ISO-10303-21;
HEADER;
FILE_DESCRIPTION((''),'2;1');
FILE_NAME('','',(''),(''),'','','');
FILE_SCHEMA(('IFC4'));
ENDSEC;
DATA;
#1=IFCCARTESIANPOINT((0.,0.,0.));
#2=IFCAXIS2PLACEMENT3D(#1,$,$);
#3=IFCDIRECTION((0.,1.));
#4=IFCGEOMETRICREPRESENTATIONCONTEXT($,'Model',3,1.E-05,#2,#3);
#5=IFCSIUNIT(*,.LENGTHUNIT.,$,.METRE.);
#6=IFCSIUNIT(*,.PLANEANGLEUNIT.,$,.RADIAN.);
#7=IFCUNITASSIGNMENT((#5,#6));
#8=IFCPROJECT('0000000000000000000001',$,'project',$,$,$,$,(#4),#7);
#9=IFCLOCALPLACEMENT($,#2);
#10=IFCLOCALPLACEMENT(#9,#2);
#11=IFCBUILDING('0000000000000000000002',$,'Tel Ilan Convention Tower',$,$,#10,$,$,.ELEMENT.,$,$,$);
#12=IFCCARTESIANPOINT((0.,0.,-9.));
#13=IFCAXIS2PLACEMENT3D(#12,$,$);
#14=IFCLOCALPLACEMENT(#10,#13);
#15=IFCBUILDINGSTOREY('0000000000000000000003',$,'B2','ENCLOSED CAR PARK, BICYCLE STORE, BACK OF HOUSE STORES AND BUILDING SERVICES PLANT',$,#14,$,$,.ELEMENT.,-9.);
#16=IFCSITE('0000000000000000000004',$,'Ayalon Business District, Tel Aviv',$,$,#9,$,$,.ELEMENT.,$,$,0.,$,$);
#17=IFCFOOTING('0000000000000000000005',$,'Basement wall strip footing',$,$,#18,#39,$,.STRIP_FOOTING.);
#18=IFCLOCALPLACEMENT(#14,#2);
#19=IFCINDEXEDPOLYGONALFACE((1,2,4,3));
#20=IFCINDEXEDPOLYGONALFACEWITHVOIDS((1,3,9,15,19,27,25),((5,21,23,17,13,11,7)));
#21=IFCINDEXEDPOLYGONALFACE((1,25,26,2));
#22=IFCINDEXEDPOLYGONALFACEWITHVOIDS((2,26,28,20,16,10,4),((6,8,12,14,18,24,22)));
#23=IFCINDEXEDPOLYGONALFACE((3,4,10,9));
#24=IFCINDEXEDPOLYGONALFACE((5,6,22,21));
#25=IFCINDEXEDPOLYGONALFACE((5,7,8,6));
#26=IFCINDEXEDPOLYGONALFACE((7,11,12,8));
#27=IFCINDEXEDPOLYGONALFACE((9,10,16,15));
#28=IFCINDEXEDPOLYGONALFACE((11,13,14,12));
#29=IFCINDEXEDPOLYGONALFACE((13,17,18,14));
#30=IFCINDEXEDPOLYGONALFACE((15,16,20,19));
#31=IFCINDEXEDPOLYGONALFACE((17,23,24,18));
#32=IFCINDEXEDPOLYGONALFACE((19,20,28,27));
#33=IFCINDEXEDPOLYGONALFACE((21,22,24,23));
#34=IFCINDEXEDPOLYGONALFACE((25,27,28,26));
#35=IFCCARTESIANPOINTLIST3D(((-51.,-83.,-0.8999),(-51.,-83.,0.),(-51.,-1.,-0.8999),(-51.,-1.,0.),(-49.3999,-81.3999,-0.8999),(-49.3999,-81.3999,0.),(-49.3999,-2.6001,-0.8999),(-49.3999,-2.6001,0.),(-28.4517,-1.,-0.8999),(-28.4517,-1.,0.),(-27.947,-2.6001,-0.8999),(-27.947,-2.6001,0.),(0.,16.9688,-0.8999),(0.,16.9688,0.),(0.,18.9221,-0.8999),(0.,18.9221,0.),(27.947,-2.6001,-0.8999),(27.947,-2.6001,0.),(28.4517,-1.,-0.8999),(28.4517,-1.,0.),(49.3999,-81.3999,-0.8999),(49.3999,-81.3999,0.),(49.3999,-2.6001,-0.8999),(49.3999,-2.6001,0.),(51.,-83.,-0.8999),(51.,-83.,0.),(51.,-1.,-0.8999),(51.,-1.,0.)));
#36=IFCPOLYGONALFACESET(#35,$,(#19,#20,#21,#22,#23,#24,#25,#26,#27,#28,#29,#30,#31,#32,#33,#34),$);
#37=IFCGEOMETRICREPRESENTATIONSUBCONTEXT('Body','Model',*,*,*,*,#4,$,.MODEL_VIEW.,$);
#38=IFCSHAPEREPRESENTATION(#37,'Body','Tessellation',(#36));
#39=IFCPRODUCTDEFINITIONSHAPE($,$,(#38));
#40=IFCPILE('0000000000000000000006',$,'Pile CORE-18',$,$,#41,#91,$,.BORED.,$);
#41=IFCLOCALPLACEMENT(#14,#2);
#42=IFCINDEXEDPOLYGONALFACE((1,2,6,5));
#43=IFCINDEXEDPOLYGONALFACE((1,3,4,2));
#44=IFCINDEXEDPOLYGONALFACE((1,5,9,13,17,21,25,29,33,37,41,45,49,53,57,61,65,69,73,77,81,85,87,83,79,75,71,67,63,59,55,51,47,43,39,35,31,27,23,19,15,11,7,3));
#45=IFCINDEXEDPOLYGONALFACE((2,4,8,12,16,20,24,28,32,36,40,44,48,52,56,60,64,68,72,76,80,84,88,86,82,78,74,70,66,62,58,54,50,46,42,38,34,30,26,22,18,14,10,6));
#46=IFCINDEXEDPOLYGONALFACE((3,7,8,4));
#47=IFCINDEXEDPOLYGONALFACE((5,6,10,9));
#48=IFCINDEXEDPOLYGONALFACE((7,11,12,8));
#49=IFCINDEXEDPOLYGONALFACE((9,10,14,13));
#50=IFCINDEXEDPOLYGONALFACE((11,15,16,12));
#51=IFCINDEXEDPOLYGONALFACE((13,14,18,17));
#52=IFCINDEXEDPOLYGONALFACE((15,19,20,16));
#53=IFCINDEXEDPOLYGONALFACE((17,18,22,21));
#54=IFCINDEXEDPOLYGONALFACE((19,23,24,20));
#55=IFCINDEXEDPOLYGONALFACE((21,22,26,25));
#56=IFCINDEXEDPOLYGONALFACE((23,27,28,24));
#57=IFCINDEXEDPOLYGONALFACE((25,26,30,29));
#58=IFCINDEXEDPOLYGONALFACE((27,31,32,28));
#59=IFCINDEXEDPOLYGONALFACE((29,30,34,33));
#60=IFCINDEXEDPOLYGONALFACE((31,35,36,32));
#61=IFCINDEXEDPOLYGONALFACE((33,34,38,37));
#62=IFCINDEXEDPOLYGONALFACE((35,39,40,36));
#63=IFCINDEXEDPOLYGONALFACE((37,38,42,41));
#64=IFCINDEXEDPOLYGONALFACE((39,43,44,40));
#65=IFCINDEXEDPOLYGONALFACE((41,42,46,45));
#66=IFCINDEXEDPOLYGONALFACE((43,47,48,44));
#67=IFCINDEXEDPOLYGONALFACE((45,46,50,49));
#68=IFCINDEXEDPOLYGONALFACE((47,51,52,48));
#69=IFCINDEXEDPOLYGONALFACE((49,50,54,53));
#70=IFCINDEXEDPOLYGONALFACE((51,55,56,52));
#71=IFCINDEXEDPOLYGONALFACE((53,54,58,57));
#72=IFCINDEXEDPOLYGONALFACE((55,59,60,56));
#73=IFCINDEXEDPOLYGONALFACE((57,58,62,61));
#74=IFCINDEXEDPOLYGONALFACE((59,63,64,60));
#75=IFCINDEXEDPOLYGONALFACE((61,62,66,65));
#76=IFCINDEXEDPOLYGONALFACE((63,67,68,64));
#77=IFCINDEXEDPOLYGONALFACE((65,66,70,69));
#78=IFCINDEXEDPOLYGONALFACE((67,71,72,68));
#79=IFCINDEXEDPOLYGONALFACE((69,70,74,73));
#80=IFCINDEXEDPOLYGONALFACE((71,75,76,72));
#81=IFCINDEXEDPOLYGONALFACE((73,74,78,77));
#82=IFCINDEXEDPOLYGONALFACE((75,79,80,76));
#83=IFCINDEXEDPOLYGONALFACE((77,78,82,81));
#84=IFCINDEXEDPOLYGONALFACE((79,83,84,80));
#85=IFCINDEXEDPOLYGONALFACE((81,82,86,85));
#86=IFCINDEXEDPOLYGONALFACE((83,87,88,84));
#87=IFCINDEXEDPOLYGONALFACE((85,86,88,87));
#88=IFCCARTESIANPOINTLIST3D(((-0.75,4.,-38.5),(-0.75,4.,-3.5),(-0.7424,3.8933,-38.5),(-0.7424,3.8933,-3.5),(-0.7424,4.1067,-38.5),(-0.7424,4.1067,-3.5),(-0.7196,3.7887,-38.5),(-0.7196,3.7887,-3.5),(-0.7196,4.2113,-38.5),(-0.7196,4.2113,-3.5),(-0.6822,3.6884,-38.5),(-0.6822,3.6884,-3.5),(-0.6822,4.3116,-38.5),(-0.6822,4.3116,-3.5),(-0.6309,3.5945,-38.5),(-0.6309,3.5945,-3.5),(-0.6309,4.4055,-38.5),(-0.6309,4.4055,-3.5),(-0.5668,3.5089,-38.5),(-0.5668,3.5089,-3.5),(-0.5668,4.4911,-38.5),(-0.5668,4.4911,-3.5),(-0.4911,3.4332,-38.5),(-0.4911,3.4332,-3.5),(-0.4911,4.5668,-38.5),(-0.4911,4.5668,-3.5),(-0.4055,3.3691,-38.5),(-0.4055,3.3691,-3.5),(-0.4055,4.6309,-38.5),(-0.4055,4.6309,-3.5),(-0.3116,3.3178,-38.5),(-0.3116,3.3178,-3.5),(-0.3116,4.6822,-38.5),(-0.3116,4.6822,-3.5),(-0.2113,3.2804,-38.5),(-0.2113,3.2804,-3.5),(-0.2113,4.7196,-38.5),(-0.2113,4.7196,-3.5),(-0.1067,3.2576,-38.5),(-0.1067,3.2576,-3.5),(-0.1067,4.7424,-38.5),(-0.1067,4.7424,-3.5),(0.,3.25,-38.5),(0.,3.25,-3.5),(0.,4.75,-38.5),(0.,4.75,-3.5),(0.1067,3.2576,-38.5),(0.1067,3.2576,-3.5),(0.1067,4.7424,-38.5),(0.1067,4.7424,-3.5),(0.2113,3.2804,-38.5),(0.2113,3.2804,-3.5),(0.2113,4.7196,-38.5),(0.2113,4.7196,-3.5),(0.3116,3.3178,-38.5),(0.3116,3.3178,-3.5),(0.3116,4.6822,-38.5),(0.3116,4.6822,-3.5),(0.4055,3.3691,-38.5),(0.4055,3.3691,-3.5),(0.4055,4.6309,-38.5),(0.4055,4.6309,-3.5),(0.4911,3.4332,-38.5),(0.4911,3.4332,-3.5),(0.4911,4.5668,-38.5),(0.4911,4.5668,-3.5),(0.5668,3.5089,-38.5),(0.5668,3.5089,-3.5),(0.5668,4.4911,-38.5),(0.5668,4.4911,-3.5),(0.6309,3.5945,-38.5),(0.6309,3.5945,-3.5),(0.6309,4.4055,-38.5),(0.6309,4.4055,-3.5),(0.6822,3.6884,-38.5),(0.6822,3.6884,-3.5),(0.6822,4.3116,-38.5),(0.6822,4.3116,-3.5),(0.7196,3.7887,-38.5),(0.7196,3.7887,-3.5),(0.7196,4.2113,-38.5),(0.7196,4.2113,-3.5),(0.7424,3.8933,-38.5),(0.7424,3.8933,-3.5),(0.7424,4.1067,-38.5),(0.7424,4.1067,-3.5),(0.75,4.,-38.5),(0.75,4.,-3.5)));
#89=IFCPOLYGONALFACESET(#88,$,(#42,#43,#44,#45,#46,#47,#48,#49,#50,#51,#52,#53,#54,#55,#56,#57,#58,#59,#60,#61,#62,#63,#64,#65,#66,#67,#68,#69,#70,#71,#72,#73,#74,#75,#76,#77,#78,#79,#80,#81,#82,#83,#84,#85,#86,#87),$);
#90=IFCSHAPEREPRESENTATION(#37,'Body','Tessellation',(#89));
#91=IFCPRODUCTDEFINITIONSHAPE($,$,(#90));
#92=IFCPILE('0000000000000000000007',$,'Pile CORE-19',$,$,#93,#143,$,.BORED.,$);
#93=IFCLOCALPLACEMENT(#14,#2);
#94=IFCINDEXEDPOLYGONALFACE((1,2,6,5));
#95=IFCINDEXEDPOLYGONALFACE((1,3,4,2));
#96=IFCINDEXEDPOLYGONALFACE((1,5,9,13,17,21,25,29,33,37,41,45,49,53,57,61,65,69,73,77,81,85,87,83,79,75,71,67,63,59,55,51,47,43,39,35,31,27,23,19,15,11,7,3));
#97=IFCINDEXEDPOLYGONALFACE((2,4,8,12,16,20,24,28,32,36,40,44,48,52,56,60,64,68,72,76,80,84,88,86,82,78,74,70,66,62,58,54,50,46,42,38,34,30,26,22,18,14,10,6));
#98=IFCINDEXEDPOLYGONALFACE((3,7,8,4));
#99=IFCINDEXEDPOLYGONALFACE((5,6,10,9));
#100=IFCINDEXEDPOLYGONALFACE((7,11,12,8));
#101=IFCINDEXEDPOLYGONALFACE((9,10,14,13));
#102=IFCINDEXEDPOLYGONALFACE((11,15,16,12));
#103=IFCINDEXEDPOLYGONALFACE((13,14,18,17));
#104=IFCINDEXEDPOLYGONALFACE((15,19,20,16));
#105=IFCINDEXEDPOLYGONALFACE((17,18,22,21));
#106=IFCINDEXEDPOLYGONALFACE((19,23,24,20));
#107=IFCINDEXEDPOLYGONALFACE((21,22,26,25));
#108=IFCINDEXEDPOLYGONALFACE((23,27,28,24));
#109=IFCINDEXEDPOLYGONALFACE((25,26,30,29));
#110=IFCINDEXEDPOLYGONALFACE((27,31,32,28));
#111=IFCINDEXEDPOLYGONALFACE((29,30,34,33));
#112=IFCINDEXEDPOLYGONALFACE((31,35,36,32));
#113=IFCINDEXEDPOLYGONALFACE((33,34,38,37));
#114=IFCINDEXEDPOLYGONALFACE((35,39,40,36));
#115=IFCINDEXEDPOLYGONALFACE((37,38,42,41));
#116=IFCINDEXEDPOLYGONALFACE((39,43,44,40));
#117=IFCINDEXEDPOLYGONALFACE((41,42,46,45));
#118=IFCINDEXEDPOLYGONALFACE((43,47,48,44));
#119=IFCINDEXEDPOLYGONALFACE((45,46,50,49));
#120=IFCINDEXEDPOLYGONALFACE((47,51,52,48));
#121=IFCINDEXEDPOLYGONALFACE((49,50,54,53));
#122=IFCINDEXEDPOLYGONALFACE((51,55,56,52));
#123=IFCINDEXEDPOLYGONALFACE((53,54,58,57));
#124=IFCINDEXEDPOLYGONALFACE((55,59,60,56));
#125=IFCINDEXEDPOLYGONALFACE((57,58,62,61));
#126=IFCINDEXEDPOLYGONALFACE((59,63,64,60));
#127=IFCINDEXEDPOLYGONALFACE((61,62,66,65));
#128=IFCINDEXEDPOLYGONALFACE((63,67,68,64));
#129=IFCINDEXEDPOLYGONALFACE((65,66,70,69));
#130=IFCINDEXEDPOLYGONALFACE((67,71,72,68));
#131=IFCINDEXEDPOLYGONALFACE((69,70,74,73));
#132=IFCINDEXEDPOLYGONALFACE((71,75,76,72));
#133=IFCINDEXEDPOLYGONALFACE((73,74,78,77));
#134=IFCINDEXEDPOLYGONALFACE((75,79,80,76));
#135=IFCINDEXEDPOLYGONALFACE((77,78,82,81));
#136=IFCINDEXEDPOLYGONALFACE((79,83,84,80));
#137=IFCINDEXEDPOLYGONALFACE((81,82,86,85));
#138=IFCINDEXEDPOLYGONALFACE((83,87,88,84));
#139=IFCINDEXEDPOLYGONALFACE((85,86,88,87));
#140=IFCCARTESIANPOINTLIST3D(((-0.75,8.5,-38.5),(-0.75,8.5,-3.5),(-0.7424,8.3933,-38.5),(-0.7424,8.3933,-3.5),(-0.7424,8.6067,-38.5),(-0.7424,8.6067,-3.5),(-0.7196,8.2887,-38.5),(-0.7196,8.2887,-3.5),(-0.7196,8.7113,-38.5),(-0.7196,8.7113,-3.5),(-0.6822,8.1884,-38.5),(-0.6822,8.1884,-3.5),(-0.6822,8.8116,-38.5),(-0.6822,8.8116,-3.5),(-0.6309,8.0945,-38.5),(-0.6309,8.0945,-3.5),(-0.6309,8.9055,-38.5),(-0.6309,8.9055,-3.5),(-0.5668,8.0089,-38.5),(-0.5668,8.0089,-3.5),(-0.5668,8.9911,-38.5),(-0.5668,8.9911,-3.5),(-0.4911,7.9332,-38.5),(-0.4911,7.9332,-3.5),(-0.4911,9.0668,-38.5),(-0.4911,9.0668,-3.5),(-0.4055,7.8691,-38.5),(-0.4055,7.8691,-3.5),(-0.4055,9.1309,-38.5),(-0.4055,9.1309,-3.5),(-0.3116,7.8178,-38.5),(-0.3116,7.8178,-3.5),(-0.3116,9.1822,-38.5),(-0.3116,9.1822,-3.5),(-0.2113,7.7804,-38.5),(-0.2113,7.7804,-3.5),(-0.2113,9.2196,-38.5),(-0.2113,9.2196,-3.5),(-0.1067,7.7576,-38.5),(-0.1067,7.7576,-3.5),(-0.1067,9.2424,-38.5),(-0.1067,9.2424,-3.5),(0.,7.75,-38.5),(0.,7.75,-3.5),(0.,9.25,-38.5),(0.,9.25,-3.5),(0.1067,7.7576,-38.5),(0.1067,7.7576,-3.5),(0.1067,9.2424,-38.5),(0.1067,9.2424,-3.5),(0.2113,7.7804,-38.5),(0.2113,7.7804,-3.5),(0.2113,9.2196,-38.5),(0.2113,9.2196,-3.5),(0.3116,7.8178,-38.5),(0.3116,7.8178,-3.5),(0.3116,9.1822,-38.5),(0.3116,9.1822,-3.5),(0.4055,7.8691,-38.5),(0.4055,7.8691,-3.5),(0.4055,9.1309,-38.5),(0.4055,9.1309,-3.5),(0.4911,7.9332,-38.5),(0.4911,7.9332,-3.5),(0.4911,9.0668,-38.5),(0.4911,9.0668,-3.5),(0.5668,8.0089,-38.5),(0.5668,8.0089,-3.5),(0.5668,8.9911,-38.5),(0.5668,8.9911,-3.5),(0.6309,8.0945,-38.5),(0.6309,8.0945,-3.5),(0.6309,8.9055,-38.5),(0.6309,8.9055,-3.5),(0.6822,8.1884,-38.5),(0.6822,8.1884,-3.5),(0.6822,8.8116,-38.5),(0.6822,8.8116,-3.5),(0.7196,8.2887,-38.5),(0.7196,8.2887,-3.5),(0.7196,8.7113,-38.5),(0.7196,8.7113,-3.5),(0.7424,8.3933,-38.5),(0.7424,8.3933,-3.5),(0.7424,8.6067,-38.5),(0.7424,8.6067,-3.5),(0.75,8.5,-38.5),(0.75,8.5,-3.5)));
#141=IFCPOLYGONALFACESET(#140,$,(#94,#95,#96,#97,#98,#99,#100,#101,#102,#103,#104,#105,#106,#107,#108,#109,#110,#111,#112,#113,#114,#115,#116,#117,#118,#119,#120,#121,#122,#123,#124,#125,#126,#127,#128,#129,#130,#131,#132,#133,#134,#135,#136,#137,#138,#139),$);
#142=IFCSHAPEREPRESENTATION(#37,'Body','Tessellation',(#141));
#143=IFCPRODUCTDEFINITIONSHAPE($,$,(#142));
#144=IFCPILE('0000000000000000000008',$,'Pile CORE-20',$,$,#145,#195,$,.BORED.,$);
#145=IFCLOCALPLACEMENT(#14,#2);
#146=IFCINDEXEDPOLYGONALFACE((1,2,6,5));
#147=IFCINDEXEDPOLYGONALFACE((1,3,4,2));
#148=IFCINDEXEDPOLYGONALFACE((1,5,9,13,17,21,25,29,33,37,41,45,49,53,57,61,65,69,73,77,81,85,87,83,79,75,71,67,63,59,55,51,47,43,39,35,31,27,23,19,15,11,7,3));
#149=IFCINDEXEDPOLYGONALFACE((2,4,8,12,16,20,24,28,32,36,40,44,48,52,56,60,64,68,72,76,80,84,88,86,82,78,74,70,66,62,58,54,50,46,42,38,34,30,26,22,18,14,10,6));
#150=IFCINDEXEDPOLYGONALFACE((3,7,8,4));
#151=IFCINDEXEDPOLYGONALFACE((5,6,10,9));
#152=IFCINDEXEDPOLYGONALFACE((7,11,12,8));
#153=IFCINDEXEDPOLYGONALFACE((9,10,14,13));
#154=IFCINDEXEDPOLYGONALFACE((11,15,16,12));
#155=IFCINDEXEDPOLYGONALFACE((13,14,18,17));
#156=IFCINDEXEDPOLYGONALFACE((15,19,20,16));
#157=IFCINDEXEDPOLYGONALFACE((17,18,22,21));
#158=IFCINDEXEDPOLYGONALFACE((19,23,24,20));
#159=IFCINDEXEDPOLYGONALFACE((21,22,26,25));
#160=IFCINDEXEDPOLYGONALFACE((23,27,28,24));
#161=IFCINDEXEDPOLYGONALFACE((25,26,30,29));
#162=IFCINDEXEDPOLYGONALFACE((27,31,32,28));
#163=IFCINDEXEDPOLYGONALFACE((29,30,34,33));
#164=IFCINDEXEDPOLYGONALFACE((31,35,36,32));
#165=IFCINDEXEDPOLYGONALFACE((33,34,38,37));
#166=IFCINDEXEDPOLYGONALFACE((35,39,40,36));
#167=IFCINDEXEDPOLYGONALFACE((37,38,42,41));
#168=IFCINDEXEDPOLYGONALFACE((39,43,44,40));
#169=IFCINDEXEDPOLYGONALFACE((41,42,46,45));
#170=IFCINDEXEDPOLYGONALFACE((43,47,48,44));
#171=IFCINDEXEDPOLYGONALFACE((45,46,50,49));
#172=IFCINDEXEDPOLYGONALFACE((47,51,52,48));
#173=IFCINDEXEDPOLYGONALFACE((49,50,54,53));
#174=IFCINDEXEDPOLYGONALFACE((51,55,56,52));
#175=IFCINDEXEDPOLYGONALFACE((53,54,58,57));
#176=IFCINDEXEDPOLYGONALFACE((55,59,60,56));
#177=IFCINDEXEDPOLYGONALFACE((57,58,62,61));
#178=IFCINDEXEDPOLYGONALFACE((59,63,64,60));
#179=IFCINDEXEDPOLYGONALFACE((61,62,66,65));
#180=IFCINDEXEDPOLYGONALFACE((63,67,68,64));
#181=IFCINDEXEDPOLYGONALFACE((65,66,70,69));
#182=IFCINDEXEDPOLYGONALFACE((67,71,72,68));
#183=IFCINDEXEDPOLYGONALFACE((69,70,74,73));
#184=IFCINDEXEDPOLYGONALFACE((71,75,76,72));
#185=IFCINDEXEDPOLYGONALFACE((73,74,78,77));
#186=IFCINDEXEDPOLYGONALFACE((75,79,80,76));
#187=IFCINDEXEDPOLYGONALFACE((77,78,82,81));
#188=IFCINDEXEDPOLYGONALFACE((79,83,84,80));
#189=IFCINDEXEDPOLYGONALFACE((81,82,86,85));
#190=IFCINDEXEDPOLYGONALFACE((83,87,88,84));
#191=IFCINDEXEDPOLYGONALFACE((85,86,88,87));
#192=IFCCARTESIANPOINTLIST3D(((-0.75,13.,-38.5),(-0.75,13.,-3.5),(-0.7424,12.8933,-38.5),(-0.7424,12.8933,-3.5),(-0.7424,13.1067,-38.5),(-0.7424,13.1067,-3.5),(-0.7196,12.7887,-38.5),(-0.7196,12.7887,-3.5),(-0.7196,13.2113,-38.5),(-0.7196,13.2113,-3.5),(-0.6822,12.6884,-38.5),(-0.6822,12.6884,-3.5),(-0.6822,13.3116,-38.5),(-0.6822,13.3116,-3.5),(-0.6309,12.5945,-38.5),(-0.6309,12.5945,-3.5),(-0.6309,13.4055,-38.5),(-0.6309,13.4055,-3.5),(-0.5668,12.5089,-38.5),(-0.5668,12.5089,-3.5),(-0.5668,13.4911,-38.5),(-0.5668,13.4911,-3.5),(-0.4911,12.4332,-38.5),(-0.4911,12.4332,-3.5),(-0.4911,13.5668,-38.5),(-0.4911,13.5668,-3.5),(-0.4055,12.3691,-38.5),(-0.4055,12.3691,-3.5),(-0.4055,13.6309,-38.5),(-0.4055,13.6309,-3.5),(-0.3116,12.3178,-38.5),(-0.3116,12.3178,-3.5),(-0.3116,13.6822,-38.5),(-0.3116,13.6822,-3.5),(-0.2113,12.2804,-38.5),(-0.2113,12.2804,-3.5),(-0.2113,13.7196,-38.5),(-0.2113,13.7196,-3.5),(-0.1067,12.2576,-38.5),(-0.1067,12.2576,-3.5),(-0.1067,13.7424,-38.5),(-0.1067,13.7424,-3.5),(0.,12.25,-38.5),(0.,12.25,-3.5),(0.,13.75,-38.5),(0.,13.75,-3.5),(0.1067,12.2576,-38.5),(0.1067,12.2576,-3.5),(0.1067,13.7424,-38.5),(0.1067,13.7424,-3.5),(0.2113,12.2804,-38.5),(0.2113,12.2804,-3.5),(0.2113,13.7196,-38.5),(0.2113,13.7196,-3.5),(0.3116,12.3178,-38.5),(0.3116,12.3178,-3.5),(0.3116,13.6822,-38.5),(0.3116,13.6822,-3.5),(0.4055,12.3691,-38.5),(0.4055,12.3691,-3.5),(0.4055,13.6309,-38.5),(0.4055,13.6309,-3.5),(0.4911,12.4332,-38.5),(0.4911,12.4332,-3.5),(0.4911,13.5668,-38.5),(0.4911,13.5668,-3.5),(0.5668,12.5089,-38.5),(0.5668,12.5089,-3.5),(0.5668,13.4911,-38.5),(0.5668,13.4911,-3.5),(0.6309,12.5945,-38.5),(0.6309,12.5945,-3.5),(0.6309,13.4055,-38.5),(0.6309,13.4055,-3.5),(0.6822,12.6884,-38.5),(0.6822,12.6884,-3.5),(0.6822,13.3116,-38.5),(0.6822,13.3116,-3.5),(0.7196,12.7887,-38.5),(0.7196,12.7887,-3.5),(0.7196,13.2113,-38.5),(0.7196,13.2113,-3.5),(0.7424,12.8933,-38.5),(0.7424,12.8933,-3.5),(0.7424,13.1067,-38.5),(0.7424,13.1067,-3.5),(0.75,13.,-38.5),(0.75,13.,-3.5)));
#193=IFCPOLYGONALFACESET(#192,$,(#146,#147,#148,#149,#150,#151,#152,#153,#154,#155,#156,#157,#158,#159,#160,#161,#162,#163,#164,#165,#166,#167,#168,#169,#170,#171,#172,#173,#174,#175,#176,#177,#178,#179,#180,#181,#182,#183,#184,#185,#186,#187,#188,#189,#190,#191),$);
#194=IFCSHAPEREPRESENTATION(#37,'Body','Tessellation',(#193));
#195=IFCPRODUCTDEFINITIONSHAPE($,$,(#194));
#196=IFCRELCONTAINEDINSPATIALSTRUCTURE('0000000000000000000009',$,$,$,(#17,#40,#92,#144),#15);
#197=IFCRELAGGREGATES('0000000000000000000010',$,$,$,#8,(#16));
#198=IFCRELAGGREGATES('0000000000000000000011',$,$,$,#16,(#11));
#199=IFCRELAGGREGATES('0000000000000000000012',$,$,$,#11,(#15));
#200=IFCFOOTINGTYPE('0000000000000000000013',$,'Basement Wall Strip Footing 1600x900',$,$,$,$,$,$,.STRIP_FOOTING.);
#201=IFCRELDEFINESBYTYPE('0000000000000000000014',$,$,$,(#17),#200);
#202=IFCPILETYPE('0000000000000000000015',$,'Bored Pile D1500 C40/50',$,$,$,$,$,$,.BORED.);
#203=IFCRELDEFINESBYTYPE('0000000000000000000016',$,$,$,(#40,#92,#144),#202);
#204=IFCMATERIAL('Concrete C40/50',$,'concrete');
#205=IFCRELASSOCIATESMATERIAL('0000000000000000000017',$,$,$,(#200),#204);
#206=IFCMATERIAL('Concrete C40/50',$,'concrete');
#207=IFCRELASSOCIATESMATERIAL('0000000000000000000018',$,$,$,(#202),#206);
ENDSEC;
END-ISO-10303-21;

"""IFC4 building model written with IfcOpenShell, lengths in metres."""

from ifc_helpers import new_model, si_unit, direction, frame, origin, origin_2d, place, context, subcontext, project, spatial, polyline, circle, outline, extrude, material, material_profile, profile_set, type_object, element, save


model = new_model("IFC4")

# Units and contexts
model_context = context("Model", 3, precision=1e-05, world=origin(), true_north=direction((0.0, 1.0)))
body_context = subcontext(model_context, "Body", "Model", "MODEL_VIEW")
ifc_project = project(units=[si_unit("LENGTHUNIT", "METRE"), si_unit("PLANEANGLEUNIT", "RADIAN")], contexts=[model_context])

# Site, building, storey
site_placement = place(None, origin())
site = spatial("IfcSite", under=ifc_project, at=site_placement, Name="Ayalon Business District, Tel Aviv", CompositionType="ELEMENT", RefElevation=0.0)
building_placement = place(site_placement, origin())
building = spatial("IfcBuilding", under=site, at=building_placement, Name="Tel Ilan Convention Tower", CompositionType="ELEMENT")
storey_placement = place(building_placement, frame((0.0, 0.0, -9.0)))
storey = spatial("IfcBuildingStorey", under=building, at=storey_placement, Name="B2", Description="ENCLOSED CAR PARK, BICYCLE STORE, BACK OF HOUSE STORES AND BUILDING SERVICES PLANT", CompositionType="ELEMENT", Elevation=-9.0)

# Footing
ifc_material_1 = material(Name="Concrete C40/50", Category="concrete")
footing_type_1 = type_object("IfcFootingType", Name="Basement Wall Strip Footing 1600x900", PredefinedType="STRIP_FOOTING", material=ifc_material_1)
footing_1_placement = place(storey_placement, frame((0.0, 0.0, -0.8999)))
element("IfcFooting", 1, at=footing_1_placement, inside=storey, type_object=footing_type_1, Name="Basement wall strip footing", PredefinedType="STRIP_FOOTING", context=body_context, shape_type="SweptSolid", body=[
    extrude(outline(polyline([(-51.0, -83.0), (51.0, -83.0), (51.0, -1.0), (28.4517, -1.0), (0.0, 18.9221), (-28.4517, -1.0), (-51.0, -1.0), (-51.0, -83.0)]), holes=[polyline([(-49.3999, -81.3999), (-49.3999, -2.6001), (-27.947, -2.6001), (0.0, 16.9688), (27.947, -2.6001), (49.3999, -2.6001), (49.3999, -81.3999), (-49.3999, -81.3999)])]), origin(), (0.0, 0.0, 1.0), 0.8999),
])

# Piles
ifc_material_2 = material(Name="Concrete C40/50", Category="concrete")
ifc_material_profile = material_profile(ifc_material_2, circle(Radius=0.75, at=origin_2d()), Name="BORED D1500")
ifc_profile_set = profile_set([ifc_material_profile], Name="Concrete C40/50")
pile_type = type_object("IfcPileType", Name="Bored Pile D1500 C40/50", PredefinedType="BORED", material=ifc_profile_set)
for number, where, z_axis, x_axis, name in (
    (2, (0.0, 4.0, -3.5), (0.0, 0.0, -1.0), (1.0, 0.0, 0.0), "Pile CORE-18"),
    (3, (0.0, 8.5, -3.5), (0.0, 0.0, -1.0), (1.0, 0.0, 0.0), "Pile CORE-19"),
    (4, (0.0, 13.0, -3.5), (0.0, 0.0, -1.0), (1.0, 0.0, 0.0), "Pile CORE-20"),
):
    element("IfcPile", number, at=place(storey_placement, frame(where, z_axis=z_axis, x_axis=x_axis)), inside=storey, type_object=pile_type, Name=name, PredefinedType="BORED", context=body_context, shape_type="SweptSolid", body=[
        extrude(circle(Radius=0.75, at=origin_2d()), origin(), (0.0, 0.0, 1.0), 35.0),
    ])

save(model, "model.ifc")
